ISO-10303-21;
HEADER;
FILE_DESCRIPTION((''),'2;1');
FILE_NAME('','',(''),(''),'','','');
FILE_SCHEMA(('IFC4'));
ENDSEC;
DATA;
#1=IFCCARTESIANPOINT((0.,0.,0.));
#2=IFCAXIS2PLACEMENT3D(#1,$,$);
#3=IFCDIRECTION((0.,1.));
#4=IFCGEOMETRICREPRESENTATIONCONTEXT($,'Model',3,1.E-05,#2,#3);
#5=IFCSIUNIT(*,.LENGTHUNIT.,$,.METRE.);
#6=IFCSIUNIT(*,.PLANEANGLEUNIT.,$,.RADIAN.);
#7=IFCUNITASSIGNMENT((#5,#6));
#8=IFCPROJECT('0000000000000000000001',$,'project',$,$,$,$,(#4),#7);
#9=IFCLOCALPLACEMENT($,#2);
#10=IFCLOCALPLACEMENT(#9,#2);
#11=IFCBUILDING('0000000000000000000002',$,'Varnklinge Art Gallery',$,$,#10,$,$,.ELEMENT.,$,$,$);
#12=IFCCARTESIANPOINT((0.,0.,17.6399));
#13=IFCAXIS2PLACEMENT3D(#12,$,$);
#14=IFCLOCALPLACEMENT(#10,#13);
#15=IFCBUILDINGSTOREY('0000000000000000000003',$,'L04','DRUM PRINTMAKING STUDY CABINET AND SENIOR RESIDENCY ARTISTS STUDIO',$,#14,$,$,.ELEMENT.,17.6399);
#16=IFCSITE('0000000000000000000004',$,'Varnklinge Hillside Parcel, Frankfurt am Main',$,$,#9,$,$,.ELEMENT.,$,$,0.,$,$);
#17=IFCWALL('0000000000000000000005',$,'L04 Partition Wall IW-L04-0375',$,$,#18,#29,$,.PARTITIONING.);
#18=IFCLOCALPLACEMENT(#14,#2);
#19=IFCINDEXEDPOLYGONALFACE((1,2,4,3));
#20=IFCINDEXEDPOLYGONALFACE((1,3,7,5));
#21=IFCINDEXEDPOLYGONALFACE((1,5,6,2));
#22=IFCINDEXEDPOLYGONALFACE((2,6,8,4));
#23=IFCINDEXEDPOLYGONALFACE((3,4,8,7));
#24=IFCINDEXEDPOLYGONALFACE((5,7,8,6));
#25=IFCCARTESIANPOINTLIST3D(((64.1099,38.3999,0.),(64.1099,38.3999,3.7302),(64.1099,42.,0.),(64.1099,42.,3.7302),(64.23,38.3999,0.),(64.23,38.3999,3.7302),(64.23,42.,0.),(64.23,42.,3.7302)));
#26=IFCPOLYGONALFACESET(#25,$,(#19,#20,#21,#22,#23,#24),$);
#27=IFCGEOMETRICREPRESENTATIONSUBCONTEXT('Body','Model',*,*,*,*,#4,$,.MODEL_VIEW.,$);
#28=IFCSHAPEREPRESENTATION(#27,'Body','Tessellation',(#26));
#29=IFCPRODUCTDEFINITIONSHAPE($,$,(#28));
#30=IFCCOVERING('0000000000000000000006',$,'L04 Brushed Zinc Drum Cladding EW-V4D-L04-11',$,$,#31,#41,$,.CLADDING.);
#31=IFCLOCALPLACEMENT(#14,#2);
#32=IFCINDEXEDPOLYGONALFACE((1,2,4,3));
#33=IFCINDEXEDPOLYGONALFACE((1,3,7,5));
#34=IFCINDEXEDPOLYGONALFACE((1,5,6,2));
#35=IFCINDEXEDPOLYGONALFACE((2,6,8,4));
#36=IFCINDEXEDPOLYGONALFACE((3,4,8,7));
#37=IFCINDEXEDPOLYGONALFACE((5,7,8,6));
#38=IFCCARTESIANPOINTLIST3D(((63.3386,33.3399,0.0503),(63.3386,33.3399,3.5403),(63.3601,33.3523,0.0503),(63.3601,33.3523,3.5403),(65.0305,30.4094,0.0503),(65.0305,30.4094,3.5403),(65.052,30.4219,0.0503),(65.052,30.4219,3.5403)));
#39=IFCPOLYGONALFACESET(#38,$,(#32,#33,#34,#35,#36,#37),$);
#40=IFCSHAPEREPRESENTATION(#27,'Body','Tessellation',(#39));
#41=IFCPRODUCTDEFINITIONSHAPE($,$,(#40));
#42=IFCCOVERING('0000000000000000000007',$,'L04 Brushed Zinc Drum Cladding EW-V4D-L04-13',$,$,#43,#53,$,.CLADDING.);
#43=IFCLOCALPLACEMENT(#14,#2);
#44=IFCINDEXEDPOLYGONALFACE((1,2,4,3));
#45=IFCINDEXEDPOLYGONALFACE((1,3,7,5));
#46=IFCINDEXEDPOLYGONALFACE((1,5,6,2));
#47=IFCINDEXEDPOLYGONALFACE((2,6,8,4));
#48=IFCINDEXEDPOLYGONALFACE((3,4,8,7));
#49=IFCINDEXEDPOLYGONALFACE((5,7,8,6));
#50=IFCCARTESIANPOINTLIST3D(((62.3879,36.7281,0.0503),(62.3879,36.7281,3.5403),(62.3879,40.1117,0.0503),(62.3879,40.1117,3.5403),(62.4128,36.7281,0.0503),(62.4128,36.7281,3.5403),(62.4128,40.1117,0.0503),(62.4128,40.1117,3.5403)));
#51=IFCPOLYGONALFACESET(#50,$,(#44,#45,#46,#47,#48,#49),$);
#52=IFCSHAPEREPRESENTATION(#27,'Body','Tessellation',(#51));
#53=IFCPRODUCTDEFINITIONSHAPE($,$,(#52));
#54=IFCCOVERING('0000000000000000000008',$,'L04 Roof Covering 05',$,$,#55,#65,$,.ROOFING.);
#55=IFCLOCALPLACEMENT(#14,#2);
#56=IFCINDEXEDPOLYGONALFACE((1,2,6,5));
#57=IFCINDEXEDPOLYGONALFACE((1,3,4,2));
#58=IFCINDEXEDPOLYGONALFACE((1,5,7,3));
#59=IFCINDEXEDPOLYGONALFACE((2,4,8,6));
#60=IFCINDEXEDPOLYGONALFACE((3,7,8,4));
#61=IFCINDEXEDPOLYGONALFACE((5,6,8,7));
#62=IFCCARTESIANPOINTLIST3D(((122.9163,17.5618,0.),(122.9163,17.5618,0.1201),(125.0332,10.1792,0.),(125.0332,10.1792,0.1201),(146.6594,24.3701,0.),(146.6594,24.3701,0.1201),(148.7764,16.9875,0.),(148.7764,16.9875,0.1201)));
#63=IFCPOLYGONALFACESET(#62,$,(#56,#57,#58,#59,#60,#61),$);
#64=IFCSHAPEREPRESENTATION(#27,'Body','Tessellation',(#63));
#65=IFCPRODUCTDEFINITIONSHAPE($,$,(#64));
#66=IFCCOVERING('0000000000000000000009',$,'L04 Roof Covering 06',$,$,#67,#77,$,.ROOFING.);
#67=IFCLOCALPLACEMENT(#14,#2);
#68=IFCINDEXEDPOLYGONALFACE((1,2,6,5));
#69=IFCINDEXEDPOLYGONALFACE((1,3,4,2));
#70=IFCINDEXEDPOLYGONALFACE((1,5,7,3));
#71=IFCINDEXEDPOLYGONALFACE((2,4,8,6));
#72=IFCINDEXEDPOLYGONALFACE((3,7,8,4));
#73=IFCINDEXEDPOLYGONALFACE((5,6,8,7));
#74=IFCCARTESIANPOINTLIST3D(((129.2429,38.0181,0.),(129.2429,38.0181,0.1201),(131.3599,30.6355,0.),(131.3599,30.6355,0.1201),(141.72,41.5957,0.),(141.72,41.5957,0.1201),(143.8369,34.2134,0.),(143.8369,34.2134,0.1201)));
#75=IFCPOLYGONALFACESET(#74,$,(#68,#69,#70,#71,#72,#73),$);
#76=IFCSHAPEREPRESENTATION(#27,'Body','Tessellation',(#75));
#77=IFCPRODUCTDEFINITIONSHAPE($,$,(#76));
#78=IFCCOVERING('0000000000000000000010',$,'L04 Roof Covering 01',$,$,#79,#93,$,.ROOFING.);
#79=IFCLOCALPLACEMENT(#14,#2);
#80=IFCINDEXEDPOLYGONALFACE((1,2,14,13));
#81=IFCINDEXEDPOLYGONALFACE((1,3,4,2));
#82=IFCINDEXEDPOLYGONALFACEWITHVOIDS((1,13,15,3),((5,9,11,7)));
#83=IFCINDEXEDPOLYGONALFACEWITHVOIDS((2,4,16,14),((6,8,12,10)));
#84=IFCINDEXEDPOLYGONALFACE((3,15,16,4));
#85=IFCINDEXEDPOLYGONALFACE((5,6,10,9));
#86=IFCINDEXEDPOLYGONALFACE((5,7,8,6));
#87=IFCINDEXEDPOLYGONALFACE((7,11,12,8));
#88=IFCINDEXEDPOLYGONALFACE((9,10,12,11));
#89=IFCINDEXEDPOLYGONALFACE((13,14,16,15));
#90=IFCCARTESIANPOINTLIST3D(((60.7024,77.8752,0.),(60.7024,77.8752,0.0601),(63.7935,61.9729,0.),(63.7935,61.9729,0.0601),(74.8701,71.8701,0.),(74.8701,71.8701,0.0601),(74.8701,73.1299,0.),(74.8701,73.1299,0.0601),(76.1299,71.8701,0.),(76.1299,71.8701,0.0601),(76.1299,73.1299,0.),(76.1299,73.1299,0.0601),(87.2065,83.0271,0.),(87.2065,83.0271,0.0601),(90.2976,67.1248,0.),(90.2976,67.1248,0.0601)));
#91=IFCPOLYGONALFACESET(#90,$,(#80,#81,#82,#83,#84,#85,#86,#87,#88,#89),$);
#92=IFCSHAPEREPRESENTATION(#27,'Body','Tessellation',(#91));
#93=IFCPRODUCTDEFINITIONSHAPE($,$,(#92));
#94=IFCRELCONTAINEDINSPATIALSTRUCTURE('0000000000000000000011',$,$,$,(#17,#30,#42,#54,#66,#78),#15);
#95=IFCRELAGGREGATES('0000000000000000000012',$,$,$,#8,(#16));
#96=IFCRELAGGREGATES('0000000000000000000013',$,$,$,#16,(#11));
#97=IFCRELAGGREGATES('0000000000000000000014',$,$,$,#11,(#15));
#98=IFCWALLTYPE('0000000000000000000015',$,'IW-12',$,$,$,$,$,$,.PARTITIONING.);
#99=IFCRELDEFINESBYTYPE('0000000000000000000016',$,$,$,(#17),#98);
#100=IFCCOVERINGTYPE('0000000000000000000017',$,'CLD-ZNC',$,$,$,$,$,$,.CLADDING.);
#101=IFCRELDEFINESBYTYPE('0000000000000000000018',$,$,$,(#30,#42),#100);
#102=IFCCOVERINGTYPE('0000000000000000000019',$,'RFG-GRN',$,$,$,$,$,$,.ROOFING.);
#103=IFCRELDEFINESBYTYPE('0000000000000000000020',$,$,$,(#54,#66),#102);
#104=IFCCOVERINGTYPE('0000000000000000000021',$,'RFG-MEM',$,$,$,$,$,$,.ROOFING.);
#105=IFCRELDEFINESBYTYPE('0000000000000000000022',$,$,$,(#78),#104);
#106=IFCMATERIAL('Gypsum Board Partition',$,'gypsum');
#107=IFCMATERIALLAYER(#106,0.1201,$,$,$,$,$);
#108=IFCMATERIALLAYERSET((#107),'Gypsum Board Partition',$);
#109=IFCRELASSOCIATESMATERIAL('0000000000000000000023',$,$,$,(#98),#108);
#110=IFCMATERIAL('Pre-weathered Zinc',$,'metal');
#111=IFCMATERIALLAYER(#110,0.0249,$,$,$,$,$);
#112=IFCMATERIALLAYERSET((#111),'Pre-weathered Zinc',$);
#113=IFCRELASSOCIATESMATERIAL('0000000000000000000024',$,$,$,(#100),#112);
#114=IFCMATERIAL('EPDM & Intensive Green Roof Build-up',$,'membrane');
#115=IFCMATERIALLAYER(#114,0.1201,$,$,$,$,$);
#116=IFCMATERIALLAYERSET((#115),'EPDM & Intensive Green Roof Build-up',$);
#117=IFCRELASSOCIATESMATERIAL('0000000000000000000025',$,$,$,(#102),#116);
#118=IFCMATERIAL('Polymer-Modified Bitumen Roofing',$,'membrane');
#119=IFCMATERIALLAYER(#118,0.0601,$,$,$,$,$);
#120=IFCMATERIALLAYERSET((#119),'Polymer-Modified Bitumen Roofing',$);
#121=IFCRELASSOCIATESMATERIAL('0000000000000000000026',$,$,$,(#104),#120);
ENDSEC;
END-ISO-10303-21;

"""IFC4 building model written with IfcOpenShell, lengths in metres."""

from ifc_helpers import new_model, si_unit, direction, frame, frame_2d, origin, origin_2d, place, context, subcontext, project, spatial, polyline, rectangle, outline, extrude, material, layer, layer_set, type_object, element, save


model = new_model("IFC4")

# Units and contexts
model_context = context("Model", 3, precision=1e-05, world=origin(), true_north=direction((0.0, 1.0)))
body_context = subcontext(model_context, "Body", "Model", "MODEL_VIEW")
ifc_project = project(units=[si_unit("LENGTHUNIT", "METRE"), si_unit("PLANEANGLEUNIT", "RADIAN")], contexts=[model_context])

# Site, building, storey
site_placement = place(None, origin())
site = spatial("IfcSite", under=ifc_project, at=site_placement, Name="Varnklinge Hillside Parcel, Frankfurt am Main", CompositionType="ELEMENT", RefElevation=0.0)
building_placement = place(site_placement, origin())
building = spatial("IfcBuilding", under=site, at=building_placement, Name="Varnklinge Art Gallery", CompositionType="ELEMENT")
storey_placement = place(building_placement, frame((0.0, 0.0, 17.6399)))
storey = spatial("IfcBuildingStorey", under=building, at=storey_placement, Name="L04", Description="DRUM PRINTMAKING STUDY CABINET AND SENIOR RESIDENCY ARTISTS STUDIO", CompositionType="ELEMENT", Elevation=17.6399)

# Wall
ifc_material_1 = material(Name="Gypsum Board Partition", Category="gypsum")
ifc_layer_1 = layer(ifc_material_1, 0.1201)
ifc_layer_set_1 = layer_set([ifc_layer_1], Name="Gypsum Board Partition")
wall_type_1 = type_object("IfcWallType", Name="IW-12", PredefinedType="PARTITIONING", material=ifc_layer_set_1)
wall_1_placement = place(storey_placement, frame((64.1699, 38.3999, 0.0), z_axis=(0.0, 0.0, 1.0), x_axis=(0.0, 1.0, 0.0)))
element("IfcWall", 1, at=wall_1_placement, inside=storey, type_object=wall_type_1, Name="L04 Partition Wall IW-L04-0375", PredefinedType="PARTITIONING", context=body_context, shape_type="SweptSolid", body=[
    extrude(rectangle(XDim=3.6001, YDim=0.1201, at=frame_2d((1.8, 0.0))), origin(), (0.0, 0.0, 1.0), 3.7302),
])

# Coverings
ifc_material_2 = material(Name="Pre-weathered Zinc", Category="metal")
ifc_layer_2 = layer(ifc_material_2, 0.0249)
ifc_layer_set_2 = layer_set([ifc_layer_2], Name="Pre-weathered Zinc")
covering_type_1 = type_object("IfcCoveringType", Name="CLD-ZNC", PredefinedType="CLADDING", material=ifc_layer_set_2)
covering_1_placement = place(storey_placement, frame((64.1953, 31.8809, 0.0503), z_axis=(0.0, 0.0, 1.0), x_axis=(-0.5, 0.866025, 0.0)))
element("IfcCovering", 2, at=covering_1_placement, inside=storey, type_object=covering_type_1, Name="L04 Brushed Zinc Drum Cladding EW-V4D-L04-11", PredefinedType="CLADDING", context=body_context, shape_type="SweptSolid", body=[
    extrude(rectangle(XDim=3.3838, YDim=0.0249, at=origin_2d()), origin(), (0.0, 0.0, 1.0), 3.49),
])
covering_2_placement = place(storey_placement, frame((62.4004, 38.4199, 0.0503), z_axis=(0.0, 0.0, 1.0), x_axis=(0.0, 1.0, 0.0)))
element("IfcCovering", 3, at=covering_2_placement, inside=storey, type_object=covering_type_1, Name="L04 Brushed Zinc Drum Cladding EW-V4D-L04-13", PredefinedType="CLADDING", context=body_context, shape_type="SweptSolid", body=[
    extrude(rectangle(XDim=3.3835, YDim=0.0249, at=origin_2d()), origin(), (0.0, 0.0, 1.0), 3.49),
])
ifc_material_3 = material(Name="EPDM & Intensive Green Roof Build-up", Category="membrane")
ifc_layer_3 = layer(ifc_material_3, 0.1201)
ifc_layer_set_3 = layer_set([ifc_layer_3], Name="EPDM & Intensive Green Roof Build-up")
covering_type_2 = type_object("IfcCoveringType", Name="RFG-GRN", PredefinedType="ROOFING", material=ifc_layer_set_3)
covering_3_placement = place(storey_placement, origin())
element("IfcCovering", 4, at=covering_3_placement, inside=storey, type_object=covering_type_2, Name="L04 Roof Covering 05", PredefinedType="ROOFING", context=body_context, shape_type="SweptSolid", body=[
    extrude(outline(polyline([(146.6594, 24.3701), (122.9163, 17.5618), (125.0332, 10.1792), (148.7764, 16.9875), (146.6594, 24.3701)])), origin(), (0.0, 0.0, 1.0), 0.1201),
])
covering_4_placement = place(storey_placement, origin())
element("IfcCovering", 5, at=covering_4_placement, inside=storey, type_object=covering_type_2, Name="L04 Roof Covering 06", PredefinedType="ROOFING", context=body_context, shape_type="SweptSolid", body=[
    extrude(outline(polyline([(141.72, 41.5957), (129.2429, 38.0181), (131.3599, 30.6355), (143.8369, 34.2134), (141.72, 41.5957)])), origin(), (0.0, 0.0, 1.0), 0.1201),
])
ifc_material_4 = material(Name="Polymer-Modified Bitumen Roofing", Category="membrane")
ifc_layer_4 = layer(ifc_material_4, 0.0601)
ifc_layer_set_4 = layer_set([ifc_layer_4], Name="Polymer-Modified Bitumen Roofing")
covering_type_3 = type_object("IfcCoveringType", Name="RFG-MEM", PredefinedType="ROOFING", material=ifc_layer_set_4)
covering_5_placement = place(storey_placement, origin())
element("IfcCovering", 6, at=covering_5_placement, inside=storey, type_object=covering_type_3, Name="L04 Roof Covering 01", PredefinedType="ROOFING", context=body_context, shape_type="SweptSolid", body=[
    extrude(outline(polyline([(90.2976, 67.1248), (87.2065, 83.0271), (60.7024, 77.8752), (63.7935, 61.9729), (90.2976, 67.1248)]), holes=[polyline([(76.1299, 71.8701), (76.1299, 73.1299), (74.8701, 73.1299), (74.8701, 71.8701), (76.1299, 71.8701)])]), origin(), (0.0, 0.0, 1.0), 0.0601),
])

save(model, "model.ifc")
